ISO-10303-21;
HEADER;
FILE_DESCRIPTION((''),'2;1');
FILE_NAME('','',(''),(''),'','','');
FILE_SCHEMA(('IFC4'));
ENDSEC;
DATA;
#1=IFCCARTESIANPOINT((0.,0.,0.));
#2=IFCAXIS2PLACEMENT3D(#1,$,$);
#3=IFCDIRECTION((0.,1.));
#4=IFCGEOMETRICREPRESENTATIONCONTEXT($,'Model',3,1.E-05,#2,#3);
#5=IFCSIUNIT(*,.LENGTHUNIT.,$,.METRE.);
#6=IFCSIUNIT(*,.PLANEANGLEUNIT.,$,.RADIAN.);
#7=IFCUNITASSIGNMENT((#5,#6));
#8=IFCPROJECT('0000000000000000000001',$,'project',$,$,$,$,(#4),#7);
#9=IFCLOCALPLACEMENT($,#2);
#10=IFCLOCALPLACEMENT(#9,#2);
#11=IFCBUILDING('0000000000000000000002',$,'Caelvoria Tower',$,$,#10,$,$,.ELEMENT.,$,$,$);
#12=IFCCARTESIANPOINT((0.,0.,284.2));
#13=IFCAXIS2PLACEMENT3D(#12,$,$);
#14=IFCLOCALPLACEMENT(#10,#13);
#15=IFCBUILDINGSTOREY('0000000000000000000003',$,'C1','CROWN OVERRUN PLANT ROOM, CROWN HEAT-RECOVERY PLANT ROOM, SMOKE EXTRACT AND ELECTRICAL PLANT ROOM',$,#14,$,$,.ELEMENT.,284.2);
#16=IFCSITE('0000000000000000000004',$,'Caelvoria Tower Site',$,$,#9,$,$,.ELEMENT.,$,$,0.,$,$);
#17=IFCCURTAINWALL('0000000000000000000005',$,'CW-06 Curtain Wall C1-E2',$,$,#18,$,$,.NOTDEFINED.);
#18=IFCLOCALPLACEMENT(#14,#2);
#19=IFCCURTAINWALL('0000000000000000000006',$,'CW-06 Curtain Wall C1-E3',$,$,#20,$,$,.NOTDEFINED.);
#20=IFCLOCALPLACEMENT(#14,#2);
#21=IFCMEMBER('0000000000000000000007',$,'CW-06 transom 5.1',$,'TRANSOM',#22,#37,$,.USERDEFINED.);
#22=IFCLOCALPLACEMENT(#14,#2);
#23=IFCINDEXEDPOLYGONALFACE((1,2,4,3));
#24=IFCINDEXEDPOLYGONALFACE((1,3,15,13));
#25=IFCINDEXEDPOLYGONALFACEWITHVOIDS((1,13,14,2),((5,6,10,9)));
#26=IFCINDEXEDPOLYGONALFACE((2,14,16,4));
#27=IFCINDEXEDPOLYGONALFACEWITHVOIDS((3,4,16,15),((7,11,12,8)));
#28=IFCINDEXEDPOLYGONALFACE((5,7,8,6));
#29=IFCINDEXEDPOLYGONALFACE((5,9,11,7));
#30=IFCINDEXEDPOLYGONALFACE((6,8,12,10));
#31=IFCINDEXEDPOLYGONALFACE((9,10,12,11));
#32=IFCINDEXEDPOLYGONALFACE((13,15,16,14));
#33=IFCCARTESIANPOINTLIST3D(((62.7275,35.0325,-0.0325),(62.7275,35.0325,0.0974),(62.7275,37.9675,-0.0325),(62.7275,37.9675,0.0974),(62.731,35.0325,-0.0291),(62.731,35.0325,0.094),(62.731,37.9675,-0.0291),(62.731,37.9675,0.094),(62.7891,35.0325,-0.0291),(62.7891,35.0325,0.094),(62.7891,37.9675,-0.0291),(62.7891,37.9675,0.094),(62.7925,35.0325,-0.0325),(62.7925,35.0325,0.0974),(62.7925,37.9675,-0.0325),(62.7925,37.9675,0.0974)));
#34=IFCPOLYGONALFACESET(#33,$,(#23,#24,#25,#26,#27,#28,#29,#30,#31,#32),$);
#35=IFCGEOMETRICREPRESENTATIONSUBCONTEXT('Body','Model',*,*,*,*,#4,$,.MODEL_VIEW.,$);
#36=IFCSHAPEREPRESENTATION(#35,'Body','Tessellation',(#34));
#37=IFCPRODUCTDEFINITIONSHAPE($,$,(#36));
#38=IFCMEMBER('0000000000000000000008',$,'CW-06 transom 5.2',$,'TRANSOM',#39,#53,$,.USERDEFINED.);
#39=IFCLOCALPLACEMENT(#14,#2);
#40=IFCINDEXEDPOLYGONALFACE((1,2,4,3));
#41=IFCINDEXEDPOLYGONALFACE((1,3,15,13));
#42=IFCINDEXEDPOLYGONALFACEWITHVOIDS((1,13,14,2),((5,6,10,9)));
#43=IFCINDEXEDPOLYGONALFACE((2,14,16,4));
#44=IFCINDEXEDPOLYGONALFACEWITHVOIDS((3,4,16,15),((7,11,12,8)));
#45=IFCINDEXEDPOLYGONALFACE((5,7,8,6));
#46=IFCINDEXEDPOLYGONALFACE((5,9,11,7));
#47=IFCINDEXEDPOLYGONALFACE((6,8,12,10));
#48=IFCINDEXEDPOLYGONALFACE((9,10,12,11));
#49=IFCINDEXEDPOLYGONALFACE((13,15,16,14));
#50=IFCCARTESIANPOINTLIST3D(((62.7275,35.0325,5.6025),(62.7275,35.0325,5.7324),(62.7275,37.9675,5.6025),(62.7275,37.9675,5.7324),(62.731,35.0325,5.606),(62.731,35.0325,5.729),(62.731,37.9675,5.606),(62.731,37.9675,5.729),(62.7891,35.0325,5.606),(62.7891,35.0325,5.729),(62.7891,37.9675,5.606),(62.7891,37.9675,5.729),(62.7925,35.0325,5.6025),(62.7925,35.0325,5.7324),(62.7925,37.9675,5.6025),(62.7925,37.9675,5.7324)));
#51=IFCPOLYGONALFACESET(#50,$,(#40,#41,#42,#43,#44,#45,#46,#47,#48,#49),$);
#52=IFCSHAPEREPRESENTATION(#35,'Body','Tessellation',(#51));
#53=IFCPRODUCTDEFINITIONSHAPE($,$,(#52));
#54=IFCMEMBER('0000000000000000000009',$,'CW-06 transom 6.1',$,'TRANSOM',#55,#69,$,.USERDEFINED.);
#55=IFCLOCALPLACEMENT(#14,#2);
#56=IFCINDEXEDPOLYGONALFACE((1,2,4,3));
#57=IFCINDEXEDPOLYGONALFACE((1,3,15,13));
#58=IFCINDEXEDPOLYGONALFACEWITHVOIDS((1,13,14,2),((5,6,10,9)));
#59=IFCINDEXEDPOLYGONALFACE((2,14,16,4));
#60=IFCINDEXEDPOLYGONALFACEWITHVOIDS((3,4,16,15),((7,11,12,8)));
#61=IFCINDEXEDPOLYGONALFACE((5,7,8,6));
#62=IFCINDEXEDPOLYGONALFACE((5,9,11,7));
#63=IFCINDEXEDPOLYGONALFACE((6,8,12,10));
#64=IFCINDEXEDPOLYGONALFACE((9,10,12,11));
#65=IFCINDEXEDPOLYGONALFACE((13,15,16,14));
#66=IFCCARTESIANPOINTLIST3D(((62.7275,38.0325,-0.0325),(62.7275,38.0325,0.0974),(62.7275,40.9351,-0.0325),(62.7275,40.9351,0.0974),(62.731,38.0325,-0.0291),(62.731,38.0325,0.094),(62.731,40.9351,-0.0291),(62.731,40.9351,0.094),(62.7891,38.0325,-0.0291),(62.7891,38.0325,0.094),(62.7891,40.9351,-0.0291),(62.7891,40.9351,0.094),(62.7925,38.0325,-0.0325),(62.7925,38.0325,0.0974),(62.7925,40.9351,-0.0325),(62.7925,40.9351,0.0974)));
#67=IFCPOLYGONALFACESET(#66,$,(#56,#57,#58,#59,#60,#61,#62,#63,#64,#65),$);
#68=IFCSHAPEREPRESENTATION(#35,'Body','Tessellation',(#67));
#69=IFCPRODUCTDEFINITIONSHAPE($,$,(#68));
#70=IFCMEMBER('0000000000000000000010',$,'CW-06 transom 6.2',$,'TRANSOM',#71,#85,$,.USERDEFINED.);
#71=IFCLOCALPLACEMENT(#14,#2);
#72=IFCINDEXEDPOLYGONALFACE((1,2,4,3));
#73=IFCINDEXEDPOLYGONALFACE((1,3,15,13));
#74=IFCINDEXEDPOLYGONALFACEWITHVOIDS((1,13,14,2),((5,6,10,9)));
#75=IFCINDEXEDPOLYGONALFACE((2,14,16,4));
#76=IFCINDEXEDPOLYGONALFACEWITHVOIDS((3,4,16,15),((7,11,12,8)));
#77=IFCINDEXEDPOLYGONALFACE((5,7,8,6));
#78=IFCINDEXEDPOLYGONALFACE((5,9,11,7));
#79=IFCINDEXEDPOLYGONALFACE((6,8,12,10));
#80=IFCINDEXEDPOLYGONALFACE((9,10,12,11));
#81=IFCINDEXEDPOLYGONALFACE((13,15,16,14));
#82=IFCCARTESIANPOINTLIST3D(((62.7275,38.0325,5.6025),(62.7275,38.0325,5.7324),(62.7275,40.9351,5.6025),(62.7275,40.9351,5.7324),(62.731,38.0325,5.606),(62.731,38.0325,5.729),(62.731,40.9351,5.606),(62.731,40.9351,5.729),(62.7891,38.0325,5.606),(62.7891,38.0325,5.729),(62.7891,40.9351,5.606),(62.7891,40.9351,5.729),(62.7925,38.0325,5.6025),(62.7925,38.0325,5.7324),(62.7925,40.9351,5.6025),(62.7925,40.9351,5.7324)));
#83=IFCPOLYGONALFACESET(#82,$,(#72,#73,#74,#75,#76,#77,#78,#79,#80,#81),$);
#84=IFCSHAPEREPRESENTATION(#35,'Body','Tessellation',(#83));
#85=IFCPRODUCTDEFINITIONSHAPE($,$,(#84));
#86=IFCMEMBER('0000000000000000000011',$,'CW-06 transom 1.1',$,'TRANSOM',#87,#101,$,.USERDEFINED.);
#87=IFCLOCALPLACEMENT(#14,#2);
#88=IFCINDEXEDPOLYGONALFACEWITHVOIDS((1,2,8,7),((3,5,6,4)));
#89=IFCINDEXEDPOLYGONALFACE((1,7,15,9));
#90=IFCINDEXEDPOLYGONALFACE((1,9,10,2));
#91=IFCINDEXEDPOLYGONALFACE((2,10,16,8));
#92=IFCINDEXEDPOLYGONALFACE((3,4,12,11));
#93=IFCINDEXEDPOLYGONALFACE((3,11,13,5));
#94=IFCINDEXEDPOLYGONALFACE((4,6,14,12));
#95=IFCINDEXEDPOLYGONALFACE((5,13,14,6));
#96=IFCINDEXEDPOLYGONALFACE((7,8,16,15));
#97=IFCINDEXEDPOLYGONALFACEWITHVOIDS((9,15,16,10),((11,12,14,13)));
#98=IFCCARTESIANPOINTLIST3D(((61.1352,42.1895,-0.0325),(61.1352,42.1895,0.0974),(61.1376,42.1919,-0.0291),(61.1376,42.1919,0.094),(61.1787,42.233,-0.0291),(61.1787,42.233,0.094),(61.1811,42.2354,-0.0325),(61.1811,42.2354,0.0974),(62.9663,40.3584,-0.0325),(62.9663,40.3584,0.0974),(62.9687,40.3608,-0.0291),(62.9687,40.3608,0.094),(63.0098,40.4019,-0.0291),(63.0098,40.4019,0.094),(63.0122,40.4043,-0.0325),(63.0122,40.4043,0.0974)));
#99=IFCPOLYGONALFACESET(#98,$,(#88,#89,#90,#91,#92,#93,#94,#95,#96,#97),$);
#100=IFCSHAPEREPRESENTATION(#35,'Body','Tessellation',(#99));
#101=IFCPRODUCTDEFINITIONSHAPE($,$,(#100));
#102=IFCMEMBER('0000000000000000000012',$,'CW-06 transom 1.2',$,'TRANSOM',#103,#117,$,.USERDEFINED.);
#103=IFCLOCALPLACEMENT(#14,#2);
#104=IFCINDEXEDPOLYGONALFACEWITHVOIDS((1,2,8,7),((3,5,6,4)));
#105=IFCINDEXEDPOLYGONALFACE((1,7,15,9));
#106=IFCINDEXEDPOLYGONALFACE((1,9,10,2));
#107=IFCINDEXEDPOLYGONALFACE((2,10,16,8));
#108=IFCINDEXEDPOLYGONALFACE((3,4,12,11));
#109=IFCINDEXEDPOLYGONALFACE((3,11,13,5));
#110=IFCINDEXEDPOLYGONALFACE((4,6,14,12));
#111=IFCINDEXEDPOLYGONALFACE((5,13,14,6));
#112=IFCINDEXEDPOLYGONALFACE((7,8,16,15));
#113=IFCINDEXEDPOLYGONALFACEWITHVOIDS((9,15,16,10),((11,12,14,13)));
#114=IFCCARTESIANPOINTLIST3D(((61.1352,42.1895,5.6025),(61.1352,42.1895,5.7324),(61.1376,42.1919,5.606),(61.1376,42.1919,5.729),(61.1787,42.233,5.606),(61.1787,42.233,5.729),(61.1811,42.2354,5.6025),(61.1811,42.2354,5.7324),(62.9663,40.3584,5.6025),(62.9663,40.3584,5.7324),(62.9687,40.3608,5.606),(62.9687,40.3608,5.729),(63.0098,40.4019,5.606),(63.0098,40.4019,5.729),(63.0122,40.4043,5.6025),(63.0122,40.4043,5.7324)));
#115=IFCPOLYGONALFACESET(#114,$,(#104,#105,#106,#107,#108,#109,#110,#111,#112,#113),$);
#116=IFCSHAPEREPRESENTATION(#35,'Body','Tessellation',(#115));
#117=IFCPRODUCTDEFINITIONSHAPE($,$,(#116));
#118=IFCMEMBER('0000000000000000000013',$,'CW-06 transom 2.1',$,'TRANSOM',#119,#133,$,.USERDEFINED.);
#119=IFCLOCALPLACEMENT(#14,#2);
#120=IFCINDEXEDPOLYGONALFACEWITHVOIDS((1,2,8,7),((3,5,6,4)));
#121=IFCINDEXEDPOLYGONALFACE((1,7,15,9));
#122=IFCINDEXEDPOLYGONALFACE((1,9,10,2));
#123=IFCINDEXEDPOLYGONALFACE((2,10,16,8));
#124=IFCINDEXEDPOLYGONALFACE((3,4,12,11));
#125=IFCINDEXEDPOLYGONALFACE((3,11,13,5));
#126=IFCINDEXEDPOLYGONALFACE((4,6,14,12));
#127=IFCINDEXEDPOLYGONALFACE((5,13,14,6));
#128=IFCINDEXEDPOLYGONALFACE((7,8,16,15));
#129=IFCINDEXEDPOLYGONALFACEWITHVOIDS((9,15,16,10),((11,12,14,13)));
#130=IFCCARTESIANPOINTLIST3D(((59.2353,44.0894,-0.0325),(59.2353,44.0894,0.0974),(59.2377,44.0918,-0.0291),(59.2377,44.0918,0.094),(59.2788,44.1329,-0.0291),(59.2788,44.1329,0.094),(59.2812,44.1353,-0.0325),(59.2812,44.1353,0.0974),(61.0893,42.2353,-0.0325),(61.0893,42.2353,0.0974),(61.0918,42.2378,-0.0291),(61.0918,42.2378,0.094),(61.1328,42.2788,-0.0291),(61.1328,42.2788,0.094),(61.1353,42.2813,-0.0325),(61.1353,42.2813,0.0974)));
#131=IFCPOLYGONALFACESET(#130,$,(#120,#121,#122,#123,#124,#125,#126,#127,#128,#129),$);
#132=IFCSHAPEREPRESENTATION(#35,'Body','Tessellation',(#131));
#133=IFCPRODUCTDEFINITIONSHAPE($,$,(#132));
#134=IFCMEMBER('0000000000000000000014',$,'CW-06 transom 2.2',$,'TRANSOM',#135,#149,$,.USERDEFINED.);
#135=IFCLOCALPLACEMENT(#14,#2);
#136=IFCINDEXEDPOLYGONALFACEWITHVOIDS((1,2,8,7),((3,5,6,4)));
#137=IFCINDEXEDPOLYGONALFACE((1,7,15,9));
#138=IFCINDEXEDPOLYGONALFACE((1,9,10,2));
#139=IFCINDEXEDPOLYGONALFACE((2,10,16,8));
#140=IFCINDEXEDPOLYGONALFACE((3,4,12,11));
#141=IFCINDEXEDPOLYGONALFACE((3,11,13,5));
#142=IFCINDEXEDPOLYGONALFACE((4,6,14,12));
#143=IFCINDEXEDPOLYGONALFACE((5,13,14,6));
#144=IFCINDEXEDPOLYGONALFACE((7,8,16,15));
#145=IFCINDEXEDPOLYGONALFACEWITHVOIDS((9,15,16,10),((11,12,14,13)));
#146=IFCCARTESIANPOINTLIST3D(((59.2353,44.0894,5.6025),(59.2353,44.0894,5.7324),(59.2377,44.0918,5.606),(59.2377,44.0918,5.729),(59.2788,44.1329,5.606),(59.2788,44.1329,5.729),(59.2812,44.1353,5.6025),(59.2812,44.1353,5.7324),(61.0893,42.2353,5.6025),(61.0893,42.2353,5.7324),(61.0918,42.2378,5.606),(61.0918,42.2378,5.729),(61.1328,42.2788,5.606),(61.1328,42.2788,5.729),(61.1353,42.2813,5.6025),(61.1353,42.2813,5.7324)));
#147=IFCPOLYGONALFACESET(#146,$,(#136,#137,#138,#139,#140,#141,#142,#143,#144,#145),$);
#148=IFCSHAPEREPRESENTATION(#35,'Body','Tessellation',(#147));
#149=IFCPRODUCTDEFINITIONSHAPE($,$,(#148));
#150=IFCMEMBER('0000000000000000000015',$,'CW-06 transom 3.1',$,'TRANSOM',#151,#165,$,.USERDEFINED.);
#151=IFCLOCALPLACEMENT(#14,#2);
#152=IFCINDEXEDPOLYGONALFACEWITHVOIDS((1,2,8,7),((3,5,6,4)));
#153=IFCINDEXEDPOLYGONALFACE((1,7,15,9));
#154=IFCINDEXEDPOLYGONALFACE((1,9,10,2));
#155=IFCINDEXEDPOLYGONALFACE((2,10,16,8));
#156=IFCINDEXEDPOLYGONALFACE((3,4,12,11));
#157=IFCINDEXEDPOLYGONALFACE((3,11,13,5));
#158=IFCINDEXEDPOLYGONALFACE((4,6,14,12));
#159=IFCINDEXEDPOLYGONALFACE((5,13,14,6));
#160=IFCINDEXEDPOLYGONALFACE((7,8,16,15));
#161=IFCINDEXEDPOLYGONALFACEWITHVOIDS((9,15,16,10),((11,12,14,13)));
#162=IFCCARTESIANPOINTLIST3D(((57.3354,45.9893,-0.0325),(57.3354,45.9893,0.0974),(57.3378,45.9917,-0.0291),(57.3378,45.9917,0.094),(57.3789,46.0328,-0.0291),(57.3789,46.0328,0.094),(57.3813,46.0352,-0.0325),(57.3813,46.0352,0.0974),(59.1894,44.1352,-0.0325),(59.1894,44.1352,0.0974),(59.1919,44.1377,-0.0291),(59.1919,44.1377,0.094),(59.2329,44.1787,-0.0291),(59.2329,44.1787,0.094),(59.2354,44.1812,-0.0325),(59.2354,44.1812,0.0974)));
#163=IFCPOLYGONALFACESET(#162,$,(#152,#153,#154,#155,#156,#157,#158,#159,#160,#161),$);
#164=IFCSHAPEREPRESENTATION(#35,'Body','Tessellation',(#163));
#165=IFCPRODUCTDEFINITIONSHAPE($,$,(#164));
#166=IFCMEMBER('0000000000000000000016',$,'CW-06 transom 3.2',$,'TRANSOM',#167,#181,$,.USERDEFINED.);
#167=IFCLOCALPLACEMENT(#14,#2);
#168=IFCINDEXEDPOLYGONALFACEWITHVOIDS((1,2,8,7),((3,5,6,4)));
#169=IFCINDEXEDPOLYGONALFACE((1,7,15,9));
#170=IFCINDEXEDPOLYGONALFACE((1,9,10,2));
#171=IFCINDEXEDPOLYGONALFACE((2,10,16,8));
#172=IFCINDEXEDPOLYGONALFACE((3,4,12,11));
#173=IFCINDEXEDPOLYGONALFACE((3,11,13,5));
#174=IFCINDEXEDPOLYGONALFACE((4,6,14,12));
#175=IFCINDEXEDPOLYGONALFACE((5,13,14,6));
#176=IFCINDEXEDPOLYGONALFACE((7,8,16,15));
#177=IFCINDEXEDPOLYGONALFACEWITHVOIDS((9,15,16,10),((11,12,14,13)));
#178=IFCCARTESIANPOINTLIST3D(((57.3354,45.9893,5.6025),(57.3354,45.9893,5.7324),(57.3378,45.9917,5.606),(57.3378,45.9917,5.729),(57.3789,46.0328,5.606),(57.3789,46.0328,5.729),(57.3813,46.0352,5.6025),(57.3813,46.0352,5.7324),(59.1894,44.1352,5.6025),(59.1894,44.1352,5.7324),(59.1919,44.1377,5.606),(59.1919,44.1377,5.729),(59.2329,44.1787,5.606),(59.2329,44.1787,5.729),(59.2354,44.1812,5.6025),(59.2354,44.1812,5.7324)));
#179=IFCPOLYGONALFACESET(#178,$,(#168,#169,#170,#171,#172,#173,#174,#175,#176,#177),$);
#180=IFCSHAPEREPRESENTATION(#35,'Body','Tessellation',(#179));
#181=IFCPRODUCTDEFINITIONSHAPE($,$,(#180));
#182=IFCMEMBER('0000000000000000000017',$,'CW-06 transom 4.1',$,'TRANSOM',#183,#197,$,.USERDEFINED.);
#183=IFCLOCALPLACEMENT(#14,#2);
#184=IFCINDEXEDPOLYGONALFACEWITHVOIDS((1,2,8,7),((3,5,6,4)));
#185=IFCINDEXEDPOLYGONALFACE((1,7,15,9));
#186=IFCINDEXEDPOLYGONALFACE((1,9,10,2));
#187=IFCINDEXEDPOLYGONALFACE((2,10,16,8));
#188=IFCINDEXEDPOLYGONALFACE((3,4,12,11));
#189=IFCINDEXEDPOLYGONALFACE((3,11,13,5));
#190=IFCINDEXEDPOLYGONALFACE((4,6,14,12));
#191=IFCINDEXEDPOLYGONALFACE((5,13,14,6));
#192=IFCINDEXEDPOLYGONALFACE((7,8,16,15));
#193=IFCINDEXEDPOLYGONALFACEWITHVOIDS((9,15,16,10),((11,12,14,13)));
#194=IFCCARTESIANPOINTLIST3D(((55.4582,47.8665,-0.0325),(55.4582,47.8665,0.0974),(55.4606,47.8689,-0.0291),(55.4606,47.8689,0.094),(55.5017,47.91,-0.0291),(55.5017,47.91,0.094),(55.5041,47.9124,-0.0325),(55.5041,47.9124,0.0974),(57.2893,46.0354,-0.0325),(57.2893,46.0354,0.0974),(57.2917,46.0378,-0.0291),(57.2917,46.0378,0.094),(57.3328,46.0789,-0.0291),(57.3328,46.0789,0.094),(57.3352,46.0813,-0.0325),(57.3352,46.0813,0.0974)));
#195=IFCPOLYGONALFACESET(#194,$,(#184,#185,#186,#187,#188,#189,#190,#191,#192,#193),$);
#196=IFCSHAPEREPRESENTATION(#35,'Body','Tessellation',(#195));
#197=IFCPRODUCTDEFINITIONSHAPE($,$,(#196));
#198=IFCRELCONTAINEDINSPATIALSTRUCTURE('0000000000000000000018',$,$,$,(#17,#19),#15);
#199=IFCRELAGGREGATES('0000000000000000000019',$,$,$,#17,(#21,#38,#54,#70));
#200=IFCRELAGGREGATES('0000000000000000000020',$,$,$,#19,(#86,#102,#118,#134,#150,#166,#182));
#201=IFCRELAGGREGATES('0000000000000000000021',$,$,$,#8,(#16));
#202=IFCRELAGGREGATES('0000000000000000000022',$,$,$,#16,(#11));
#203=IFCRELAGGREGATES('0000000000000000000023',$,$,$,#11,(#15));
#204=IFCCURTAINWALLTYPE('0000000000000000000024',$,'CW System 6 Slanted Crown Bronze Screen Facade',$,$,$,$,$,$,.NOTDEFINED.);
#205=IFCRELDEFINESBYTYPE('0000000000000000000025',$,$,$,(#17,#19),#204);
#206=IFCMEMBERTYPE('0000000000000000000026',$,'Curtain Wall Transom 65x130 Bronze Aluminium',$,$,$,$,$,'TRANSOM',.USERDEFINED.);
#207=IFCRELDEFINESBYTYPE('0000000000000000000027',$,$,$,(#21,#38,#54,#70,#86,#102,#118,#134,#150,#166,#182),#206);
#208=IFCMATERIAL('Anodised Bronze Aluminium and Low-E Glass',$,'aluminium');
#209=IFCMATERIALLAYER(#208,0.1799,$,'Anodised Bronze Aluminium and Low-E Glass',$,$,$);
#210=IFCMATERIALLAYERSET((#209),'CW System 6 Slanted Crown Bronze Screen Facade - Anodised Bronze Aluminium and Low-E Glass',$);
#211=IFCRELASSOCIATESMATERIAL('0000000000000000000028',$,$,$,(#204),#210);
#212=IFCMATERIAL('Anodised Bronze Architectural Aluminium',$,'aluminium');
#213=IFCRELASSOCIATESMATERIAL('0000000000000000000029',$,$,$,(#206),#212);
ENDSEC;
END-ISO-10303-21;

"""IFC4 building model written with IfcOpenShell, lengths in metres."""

from ifc_helpers import new_model, si_unit, direction, frame, origin, origin_2d, place, context, subcontext, project, spatial, hollow_rectangle, extrude, material, layer, layer_set, material_profile, profile_set, type_object, element, aggregate, save


model = new_model("IFC4")

# Units and contexts
model_context = context("Model", 3, precision=1e-05, world=origin(), true_north=direction((0.0, 1.0)))
body_context = subcontext(model_context, "Body", "Model", "MODEL_VIEW")
ifc_project = project(units=[si_unit("LENGTHUNIT", "METRE"), si_unit("PLANEANGLEUNIT", "RADIAN")], contexts=[model_context])

# Site, building, storey
site_placement = place(None, origin())
site = spatial("IfcSite", under=ifc_project, at=site_placement, Name="Caelvoria Tower Site", CompositionType="ELEMENT", RefElevation=0.0)
building_placement = place(site_placement, origin())
building = spatial("IfcBuilding", under=site, at=building_placement, Name="Caelvoria Tower", CompositionType="ELEMENT")
storey_placement = place(building_placement, frame((0.0, 0.0, 284.2)))
storey = spatial("IfcBuildingStorey", under=building, at=storey_placement, Name="C1", Description="CROWN OVERRUN PLANT ROOM, CROWN HEAT-RECOVERY PLANT ROOM, SMOKE EXTRACT AND ELECTRICAL PLANT ROOM", CompositionType="ELEMENT", Elevation=284.2)

# Curtain walls
ifc_material_1 = material(Name="Anodised Bronze Aluminium and Low-E Glass", Category="aluminium")
ifc_layer_1 = layer(ifc_material_1, 0.1799, Name="Anodised Bronze Aluminium and Low-E Glass")
ifc_layer_set_1 = layer_set([ifc_layer_1], Name="CW System 6 Slanted Crown Bronze Screen Facade - Anodised Bronze Aluminium and Low-E Glass")
curtain_wall_type = type_object("IfcCurtainWallType", Name="CW System 6 Slanted Crown Bronze Screen Facade", PredefinedType="NOTDEFINED", material=ifc_layer_set_1)
curtain_wall_1_placement = place(storey_placement, origin())
curtain_wall_1 = element("IfcCurtainWall", 1, at=curtain_wall_1_placement, inside=storey, type_object=curtain_wall_type, Name="CW-06 Curtain Wall C1-E2", PredefinedType="NOTDEFINED")
ifc_material_2 = material(Name="Anodised Bronze Architectural Aluminium", Category="aluminium")
curtain_wall_2_placement = place(storey_placement, origin())
curtain_wall_2 = element("IfcCurtainWall", 2, at=curtain_wall_2_placement, inside=storey, type_object=curtain_wall_type, Name="CW-06 Curtain Wall C1-E3", PredefinedType="NOTDEFINED")

# Members
ifc_material_profile_1 = material_profile(ifc_material_2, hollow_rectangle(XDim=0.0649, YDim=0.1299, WallThickness=0.0034, at=origin_2d()), Name="Anodised Bronze Architectural Aluminium")
ifc_profile_set_1 = profile_set([ifc_material_profile_1], Name="CW_TRAN_65X130 - Anodised Bronze Architectural Aluminium")
member_type_1 = type_object("IfcMemberType", Name="Curtain Wall Transom 65x130 Bronze Aluminium", ElementType="TRANSOM", PredefinedType="USERDEFINED", material=ifc_profile_set_1)
member_1_placement = place(storey_placement, frame((62.76, 35.0325, 0.0325), z_axis=(0.0, 1.0, 0.0), x_axis=(-1.0, 0.0, 0.0)))
member_1 = element("IfcMember", 3, at=member_1_placement, type_object=member_type_1, Name="CW-06 transom 5.1", ObjectType="TRANSOM", PredefinedType="USERDEFINED", context=body_context, shape_type="SweptSolid", body=[
    extrude(hollow_rectangle(XDim=0.0649, YDim=0.1299, WallThickness=0.0034, at=origin_2d()), origin(), (0.0, 0.0, 1.0), 2.9351),
])
member_2_placement = place(storey_placement, frame((62.76, 35.0325, 5.6675), z_axis=(0.0, 1.0, 0.0), x_axis=(-1.0, 0.0, 0.0)))
member_2 = element("IfcMember", 4, at=member_2_placement, type_object=member_type_1, Name="CW-06 transom 5.2", ObjectType="TRANSOM", PredefinedType="USERDEFINED", context=body_context, shape_type="SweptSolid", body=[
    extrude(hollow_rectangle(XDim=0.0649, YDim=0.1299, WallThickness=0.0034, at=origin_2d()), origin(), (0.0, 0.0, 1.0), 2.9351),
])
member_3_placement = place(storey_placement, frame((62.76, 38.0325, 0.0325), z_axis=(0.0, 1.0, 0.0), x_axis=(-1.0, 0.0, 0.0)))
member_3 = element("IfcMember", 5, at=member_3_placement, type_object=member_type_1, Name="CW-06 transom 6.1", ObjectType="TRANSOM", PredefinedType="USERDEFINED", context=body_context, shape_type="SweptSolid", body=[
    extrude(hollow_rectangle(XDim=0.0649, YDim=0.1299, WallThickness=0.0034, at=origin_2d()), origin(), (0.0, 0.0, 1.0), 2.9026),
])
member_4_placement = place(storey_placement, frame((62.76, 38.0325, 5.6675), z_axis=(0.0, 1.0, 0.0), x_axis=(-1.0, 0.0, 0.0)))
member_4 = element("IfcMember", 6, at=member_4_placement, type_object=member_type_1, Name="CW-06 transom 6.2", ObjectType="TRANSOM", PredefinedType="USERDEFINED", context=body_context, shape_type="SweptSolid", body=[
    extrude(hollow_rectangle(XDim=0.0649, YDim=0.1299, WallThickness=0.0034, at=origin_2d()), origin(), (0.0, 0.0, 1.0), 2.9026),
])
member_5_placement = place(storey_placement, frame((62.9893, 40.3813, 0.0325), z_axis=(-0.707107, 0.707107, 0.0), x_axis=(-0.707107, -0.707107, 0.0)))
member_5 = element("IfcMember", 7, at=member_5_placement, type_object=member_type_1, Name="CW-06 transom 1.1", ObjectType="TRANSOM", PredefinedType="USERDEFINED", context=body_context, shape_type="SweptSolid", body=[
    extrude(hollow_rectangle(XDim=0.0649, YDim=0.1299, WallThickness=0.0034, at=origin_2d()), origin(), (0.0, 0.0, 1.0), 2.5896),
])
member_6_placement = place(storey_placement, frame((62.9893, 40.3813, 5.6675), z_axis=(-0.707107, 0.707107, 0.0), x_axis=(-0.707107, -0.707107, 0.0)))
member_6 = element("IfcMember", 8, at=member_6_placement, type_object=member_type_1, Name="CW-06 transom 1.2", ObjectType="TRANSOM", PredefinedType="USERDEFINED", context=body_context, shape_type="SweptSolid", body=[
    extrude(hollow_rectangle(XDim=0.0649, YDim=0.1299, WallThickness=0.0034, at=origin_2d()), origin(), (0.0, 0.0, 1.0), 2.5896),
])
member_7_placement = place(storey_placement, frame((61.1123, 42.2583, 0.0325), z_axis=(-0.707107, 0.707107, 0.0), x_axis=(-0.707107, -0.707107, 0.0)))
member_7 = element("IfcMember", 9, at=member_7_placement, type_object=member_type_1, Name="CW-06 transom 2.1", ObjectType="TRANSOM", PredefinedType="USERDEFINED", context=body_context, shape_type="SweptSolid", body=[
    extrude(hollow_rectangle(XDim=0.0649, YDim=0.1299, WallThickness=0.0034, at=origin_2d()), origin(), (0.0, 0.0, 1.0), 2.6221),
])
member_8_placement = place(storey_placement, frame((61.1123, 42.2583, 5.6675), z_axis=(-0.707107, 0.707107, 0.0), x_axis=(-0.707107, -0.707107, 0.0)))
member_8 = element("IfcMember", 10, at=member_8_placement, type_object=member_type_1, Name="CW-06 transom 2.2", ObjectType="TRANSOM", PredefinedType="USERDEFINED", context=body_context, shape_type="SweptSolid", body=[
    extrude(hollow_rectangle(XDim=0.0649, YDim=0.1299, WallThickness=0.0034, at=origin_2d()), origin(), (0.0, 0.0, 1.0), 2.6221),
])
member_9_placement = place(storey_placement, frame((59.2124, 44.1582, 0.0325), z_axis=(-0.707107, 0.707107, 0.0), x_axis=(-0.707107, -0.707107, 0.0)))
member_9 = element("IfcMember", 11, at=member_9_placement, type_object=member_type_1, Name="CW-06 transom 3.1", ObjectType="TRANSOM", PredefinedType="USERDEFINED", context=body_context, shape_type="SweptSolid", body=[
    extrude(hollow_rectangle(XDim=0.0649, YDim=0.1299, WallThickness=0.0034, at=origin_2d()), origin(), (0.0, 0.0, 1.0), 2.6221),
])
member_10_placement = place(storey_placement, frame((59.2124, 44.1582, 5.6675), z_axis=(-0.707107, 0.707107, 0.0), x_axis=(-0.707107, -0.707107, 0.0)))
member_10 = element("IfcMember", 12, at=member_10_placement, type_object=member_type_1, Name="CW-06 transom 3.2", ObjectType="TRANSOM", PredefinedType="USERDEFINED", context=body_context, shape_type="SweptSolid", body=[
    extrude(hollow_rectangle(XDim=0.0649, YDim=0.1299, WallThickness=0.0034, at=origin_2d()), origin(), (0.0, 0.0, 1.0), 2.6221),
])
member_11_placement = place(storey_placement, frame((57.3123, 46.0583, 0.0325), z_axis=(-0.707107, 0.707107, 0.0), x_axis=(-0.707107, -0.707107, 0.0)))
member_11 = element("IfcMember", 13, at=member_11_placement, type_object=member_type_1, Name="CW-06 transom 4.1", ObjectType="TRANSOM", PredefinedType="USERDEFINED", context=body_context, shape_type="SweptSolid", body=[
    extrude(hollow_rectangle(XDim=0.0649, YDim=0.1299, WallThickness=0.0034, at=origin_2d()), origin(), (0.0, 0.0, 1.0), 2.5896),
])

aggregate(curtain_wall_1, [member_1, member_2, member_3, member_4])
aggregate(curtain_wall_2, [member_5, member_6, member_7, member_8, member_9, member_10, member_11])

save(model, "model.ifc")
